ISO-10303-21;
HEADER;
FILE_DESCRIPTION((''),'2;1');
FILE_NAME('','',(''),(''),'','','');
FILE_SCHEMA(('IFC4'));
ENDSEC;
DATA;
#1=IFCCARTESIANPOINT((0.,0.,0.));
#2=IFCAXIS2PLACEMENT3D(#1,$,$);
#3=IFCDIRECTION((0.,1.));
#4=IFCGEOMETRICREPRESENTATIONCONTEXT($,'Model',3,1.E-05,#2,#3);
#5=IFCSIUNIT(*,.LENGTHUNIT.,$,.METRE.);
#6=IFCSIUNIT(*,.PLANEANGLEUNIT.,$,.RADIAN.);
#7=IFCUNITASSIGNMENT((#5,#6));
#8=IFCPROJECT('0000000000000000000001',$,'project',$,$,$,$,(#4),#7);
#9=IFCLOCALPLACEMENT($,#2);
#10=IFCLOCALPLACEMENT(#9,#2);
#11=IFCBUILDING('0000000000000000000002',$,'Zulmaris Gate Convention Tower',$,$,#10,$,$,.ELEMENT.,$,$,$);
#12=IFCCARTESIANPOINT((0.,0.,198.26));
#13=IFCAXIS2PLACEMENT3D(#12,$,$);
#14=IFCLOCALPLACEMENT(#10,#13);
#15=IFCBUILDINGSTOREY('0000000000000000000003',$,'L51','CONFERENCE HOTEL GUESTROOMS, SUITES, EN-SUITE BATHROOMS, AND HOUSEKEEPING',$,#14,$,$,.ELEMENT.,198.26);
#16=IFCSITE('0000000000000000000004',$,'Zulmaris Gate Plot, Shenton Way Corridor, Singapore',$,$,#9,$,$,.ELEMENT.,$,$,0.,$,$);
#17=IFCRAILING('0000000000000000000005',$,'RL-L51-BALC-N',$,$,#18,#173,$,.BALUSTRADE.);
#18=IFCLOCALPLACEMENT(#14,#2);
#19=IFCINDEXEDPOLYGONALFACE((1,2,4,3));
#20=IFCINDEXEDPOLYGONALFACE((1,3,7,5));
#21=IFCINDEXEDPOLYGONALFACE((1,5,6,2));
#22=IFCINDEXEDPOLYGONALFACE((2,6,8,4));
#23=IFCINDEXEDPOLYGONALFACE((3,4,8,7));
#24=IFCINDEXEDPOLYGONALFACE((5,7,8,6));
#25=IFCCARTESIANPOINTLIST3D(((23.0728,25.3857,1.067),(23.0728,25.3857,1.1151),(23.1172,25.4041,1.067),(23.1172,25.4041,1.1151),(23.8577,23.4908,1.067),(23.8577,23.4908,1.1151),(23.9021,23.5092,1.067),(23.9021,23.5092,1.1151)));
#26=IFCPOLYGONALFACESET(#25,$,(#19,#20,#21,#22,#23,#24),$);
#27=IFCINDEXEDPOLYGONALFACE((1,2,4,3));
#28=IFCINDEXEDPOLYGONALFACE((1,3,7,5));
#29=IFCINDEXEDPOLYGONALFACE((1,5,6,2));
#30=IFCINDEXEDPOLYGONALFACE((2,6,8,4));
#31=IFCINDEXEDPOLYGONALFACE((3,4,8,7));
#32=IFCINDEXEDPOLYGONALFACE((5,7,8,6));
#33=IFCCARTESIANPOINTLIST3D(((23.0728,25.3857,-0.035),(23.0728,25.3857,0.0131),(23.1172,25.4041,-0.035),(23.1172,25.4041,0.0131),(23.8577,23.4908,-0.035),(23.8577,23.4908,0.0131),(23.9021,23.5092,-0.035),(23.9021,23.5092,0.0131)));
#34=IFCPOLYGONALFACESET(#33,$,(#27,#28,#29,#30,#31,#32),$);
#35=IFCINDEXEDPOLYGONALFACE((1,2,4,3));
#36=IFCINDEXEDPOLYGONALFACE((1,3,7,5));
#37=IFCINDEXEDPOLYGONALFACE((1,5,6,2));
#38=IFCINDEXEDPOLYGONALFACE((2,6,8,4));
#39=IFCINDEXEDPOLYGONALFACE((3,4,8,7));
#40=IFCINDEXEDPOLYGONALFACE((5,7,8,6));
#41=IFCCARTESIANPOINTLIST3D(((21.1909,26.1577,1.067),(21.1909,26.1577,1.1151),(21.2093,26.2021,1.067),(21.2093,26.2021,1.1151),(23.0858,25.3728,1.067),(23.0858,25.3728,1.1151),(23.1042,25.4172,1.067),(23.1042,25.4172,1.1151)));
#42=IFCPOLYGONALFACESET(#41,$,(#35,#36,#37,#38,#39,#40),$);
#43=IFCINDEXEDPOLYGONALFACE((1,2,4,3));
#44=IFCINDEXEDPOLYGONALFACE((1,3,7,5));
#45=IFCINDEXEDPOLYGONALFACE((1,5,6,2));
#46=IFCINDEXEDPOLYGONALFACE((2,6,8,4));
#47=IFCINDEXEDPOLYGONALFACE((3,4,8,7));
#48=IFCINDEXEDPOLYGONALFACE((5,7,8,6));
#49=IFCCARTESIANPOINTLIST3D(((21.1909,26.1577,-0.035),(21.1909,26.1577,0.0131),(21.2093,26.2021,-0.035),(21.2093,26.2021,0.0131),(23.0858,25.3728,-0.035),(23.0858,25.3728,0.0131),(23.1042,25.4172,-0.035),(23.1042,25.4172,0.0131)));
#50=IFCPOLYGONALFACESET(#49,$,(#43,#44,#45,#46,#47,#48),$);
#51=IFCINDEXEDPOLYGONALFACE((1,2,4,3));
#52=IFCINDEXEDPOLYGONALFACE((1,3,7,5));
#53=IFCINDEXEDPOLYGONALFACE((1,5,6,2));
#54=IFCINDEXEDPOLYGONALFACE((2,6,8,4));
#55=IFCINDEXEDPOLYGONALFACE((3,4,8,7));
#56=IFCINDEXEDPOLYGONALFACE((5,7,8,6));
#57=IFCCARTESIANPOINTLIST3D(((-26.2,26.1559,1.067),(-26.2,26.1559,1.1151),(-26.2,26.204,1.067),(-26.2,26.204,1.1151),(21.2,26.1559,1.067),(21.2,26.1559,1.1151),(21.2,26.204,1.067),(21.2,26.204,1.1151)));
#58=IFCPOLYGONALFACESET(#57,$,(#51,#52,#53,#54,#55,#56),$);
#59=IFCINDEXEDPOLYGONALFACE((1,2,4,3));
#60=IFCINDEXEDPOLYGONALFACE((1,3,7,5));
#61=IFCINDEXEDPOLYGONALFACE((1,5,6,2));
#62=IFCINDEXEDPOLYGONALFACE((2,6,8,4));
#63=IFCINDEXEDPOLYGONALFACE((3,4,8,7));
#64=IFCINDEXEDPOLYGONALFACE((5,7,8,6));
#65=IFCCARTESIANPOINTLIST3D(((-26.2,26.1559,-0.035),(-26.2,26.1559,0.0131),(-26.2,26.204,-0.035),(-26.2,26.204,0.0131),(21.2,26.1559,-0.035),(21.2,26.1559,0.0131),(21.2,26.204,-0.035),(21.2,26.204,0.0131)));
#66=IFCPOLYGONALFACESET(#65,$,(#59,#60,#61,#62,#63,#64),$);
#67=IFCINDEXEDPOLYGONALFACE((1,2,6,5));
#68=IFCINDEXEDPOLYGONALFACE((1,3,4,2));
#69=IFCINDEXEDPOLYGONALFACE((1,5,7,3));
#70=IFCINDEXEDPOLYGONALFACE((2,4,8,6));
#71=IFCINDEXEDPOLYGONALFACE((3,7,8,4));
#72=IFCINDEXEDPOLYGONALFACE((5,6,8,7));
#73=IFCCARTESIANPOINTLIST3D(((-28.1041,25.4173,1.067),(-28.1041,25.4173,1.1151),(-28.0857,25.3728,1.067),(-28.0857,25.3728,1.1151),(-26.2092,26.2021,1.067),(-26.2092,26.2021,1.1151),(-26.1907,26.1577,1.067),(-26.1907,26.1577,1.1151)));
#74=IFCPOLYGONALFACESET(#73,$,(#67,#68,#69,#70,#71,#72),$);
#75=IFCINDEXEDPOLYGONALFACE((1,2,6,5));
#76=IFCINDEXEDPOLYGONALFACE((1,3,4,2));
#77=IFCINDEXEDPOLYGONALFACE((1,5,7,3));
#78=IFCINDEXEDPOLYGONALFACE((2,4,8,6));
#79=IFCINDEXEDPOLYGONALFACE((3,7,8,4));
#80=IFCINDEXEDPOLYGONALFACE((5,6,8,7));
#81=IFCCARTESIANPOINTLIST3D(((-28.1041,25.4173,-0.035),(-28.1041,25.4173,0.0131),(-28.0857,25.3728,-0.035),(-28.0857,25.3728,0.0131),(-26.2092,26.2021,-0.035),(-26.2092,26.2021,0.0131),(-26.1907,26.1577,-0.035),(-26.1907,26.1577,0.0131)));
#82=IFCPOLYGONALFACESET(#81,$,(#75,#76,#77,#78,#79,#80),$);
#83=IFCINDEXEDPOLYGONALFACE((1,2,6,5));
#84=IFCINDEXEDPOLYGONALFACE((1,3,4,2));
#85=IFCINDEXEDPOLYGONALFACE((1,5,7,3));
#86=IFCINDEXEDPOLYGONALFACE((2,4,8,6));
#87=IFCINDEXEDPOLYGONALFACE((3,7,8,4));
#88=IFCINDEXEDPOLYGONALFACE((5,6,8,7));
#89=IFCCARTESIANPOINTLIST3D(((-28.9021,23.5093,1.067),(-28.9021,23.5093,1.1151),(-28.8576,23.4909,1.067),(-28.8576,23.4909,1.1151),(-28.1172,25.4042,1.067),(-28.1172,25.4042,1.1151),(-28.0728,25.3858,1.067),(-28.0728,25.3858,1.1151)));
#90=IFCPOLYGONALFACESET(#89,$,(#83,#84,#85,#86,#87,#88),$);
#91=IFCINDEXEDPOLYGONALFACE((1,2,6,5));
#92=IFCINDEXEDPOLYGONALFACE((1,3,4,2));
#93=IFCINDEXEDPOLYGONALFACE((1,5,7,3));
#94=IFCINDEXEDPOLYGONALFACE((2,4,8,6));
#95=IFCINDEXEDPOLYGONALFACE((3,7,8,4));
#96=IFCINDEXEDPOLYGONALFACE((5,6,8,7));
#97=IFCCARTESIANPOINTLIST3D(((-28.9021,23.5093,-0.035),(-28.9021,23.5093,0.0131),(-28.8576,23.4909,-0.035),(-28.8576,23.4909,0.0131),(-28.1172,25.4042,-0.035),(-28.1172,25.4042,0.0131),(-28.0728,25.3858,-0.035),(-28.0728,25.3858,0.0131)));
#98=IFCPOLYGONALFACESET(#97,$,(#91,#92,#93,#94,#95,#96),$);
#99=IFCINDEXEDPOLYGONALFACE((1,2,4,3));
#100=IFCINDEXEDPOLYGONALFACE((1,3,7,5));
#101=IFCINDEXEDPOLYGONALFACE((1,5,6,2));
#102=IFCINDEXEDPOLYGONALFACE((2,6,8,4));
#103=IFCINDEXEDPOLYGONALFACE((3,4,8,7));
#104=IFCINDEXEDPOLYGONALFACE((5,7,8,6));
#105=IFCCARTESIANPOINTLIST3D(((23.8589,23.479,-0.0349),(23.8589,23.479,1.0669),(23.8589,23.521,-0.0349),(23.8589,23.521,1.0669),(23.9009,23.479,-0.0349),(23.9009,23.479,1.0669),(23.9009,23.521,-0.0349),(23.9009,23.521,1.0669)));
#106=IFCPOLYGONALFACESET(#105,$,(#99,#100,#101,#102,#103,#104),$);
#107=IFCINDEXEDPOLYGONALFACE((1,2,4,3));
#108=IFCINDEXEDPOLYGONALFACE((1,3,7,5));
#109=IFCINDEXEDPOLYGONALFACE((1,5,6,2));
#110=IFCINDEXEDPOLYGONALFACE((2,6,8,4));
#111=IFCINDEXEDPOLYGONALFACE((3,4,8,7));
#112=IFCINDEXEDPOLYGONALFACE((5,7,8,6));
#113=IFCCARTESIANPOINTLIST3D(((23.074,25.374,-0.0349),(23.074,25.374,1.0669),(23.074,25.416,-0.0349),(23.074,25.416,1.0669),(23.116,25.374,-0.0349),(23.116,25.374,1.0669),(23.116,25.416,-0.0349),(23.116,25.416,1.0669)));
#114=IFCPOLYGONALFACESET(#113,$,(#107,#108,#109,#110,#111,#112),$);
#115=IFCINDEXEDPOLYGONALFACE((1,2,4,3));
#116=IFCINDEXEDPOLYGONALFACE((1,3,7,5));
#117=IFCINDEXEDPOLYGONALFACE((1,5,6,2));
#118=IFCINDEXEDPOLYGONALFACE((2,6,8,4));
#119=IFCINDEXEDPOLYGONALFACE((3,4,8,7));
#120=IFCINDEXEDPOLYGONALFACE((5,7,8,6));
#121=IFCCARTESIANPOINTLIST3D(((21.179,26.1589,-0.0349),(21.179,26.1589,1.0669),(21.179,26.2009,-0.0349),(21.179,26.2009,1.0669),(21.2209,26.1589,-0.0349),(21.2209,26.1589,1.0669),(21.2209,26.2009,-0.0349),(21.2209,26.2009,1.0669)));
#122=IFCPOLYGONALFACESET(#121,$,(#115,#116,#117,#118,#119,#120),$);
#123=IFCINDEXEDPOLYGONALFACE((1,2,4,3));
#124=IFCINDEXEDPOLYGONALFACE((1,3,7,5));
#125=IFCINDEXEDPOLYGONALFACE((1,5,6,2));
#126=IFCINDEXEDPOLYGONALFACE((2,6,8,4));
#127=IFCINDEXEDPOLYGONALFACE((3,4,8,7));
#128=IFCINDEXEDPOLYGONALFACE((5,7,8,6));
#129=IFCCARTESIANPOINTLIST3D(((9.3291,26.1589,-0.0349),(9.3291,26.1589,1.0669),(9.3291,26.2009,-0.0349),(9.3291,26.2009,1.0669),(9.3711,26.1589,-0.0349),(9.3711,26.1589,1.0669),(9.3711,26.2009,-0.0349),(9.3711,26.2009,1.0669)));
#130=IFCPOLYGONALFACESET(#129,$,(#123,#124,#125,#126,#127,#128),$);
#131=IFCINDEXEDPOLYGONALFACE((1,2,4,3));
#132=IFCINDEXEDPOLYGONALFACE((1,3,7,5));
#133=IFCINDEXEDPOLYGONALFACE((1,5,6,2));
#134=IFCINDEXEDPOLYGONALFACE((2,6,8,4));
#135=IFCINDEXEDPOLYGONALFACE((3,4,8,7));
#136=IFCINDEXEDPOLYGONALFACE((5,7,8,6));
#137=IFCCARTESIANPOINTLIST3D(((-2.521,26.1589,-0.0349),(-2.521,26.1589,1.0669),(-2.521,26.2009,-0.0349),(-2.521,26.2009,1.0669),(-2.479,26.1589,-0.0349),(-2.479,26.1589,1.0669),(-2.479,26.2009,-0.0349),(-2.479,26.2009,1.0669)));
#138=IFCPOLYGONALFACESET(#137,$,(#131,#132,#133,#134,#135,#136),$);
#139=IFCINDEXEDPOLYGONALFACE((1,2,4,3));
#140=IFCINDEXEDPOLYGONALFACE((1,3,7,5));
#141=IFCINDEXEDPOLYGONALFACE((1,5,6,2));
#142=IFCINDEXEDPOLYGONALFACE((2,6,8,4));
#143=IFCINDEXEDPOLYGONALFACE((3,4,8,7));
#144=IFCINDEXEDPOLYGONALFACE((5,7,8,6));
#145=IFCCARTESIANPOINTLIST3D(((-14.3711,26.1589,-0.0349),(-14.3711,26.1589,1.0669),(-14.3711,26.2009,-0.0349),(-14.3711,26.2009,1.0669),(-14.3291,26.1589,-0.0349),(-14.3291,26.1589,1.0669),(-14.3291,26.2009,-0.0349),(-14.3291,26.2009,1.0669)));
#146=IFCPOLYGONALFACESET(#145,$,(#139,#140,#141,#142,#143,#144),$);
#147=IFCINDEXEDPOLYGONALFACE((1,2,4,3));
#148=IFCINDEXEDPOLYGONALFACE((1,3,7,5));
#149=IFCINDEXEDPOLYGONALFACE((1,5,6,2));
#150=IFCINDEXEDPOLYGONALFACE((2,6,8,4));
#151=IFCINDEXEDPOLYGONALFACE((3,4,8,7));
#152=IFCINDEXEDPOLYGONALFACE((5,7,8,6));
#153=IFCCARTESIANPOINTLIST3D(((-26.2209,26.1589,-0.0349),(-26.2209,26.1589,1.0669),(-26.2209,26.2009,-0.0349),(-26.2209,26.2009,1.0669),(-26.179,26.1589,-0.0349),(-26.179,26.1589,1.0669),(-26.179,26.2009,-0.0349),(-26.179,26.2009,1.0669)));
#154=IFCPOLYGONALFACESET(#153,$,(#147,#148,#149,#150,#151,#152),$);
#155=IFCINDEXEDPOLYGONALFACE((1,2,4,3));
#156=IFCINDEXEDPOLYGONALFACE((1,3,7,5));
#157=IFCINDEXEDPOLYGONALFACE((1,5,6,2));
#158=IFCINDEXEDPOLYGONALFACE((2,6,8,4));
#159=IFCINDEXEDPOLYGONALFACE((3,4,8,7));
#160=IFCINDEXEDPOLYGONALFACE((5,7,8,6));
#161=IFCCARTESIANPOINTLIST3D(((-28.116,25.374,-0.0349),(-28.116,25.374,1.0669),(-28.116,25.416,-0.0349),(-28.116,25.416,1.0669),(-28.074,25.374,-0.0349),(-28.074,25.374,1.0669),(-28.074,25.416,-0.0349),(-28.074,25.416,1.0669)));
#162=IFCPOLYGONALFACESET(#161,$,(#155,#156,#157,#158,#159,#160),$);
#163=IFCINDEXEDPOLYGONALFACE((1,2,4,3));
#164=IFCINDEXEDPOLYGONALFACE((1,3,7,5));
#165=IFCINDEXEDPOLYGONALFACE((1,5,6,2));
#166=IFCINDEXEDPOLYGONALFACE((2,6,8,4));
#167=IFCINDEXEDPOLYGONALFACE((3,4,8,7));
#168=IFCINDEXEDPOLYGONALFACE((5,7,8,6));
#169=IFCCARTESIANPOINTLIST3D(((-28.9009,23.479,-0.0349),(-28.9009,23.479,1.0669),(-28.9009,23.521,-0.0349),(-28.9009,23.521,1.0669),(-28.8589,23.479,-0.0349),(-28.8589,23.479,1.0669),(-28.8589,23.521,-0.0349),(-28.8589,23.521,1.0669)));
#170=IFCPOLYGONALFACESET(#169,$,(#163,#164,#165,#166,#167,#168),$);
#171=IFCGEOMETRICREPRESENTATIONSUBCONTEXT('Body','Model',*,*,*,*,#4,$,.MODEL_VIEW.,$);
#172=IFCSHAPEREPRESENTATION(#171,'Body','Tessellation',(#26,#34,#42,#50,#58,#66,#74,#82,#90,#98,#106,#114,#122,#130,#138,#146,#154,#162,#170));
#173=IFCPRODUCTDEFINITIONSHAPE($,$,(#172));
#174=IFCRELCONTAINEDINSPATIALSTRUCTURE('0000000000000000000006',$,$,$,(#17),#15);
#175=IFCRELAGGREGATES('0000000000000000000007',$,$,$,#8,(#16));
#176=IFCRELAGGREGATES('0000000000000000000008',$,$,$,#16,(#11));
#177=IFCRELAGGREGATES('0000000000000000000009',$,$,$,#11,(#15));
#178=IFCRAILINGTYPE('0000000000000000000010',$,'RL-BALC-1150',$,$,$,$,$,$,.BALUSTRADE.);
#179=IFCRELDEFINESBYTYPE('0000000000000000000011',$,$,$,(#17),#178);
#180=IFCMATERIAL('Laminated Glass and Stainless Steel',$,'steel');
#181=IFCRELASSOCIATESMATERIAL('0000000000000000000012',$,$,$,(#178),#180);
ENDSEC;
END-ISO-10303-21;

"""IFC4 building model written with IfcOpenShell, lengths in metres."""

from ifc_helpers import new_model, si_unit, direction, frame, origin, origin_2d, place, context, subcontext, project, spatial, rectangle, extrude, material, type_object, element, save


model = new_model("IFC4")

# Units and contexts
model_context = context("Model", 3, precision=1e-05, world=origin(), true_north=direction((0.0, 1.0)))
body_context = subcontext(model_context, "Body", "Model", "MODEL_VIEW")
ifc_project = project(units=[si_unit("LENGTHUNIT", "METRE"), si_unit("PLANEANGLEUNIT", "RADIAN")], contexts=[model_context])

# Site, building, storey
site_placement = place(None, origin())
site = spatial("IfcSite", under=ifc_project, at=site_placement, Name="Zulmaris Gate Plot, Shenton Way Corridor, Singapore", CompositionType="ELEMENT", RefElevation=0.0)
building_placement = place(site_placement, origin())
building = spatial("IfcBuilding", under=site, at=building_placement, Name="Zulmaris Gate Convention Tower", CompositionType="ELEMENT")
storey_placement = place(building_placement, frame((0.0, 0.0, 198.26)))
storey = spatial("IfcBuildingStorey", under=building, at=storey_placement, Name="L51", Description="CONFERENCE HOTEL GUESTROOMS, SUITES, EN-SUITE BATHROOMS, AND HOUSEKEEPING", CompositionType="ELEMENT", Elevation=198.26)

# Railing
ifc_material_1 = material(Name="Laminated Glass and Stainless Steel", Category="steel")
railing_type = type_object("IfcRailingType", Name="RL-BALC-1150", PredefinedType="BALUSTRADE", material=ifc_material_1)
railing_placement = place(storey_placement, frame((23.8799, 23.5, -0.0349)))
element("IfcRailing", 1, at=railing_placement, inside=storey, type_object=railing_type, Name="RL-L51-BALC-N", PredefinedType="BALUSTRADE", context=body_context, shape_type="SweptSolid", body=[
    extrude(rectangle(XDim=0.0481, YDim=0.0481, at=origin_2d()), frame((0.0, 0.0, 1.126), z_axis=(-0.382671, 0.923885, 0.0), x_axis=(-0.923885, -0.382671, 0.0)), (0.0, 0.0, 1.0), 2.051),
    extrude(rectangle(XDim=0.0481, YDim=0.0481, at=origin_2d()), frame((0.0, 0.0, 0.0239), z_axis=(-0.382671, 0.923885, 0.0), x_axis=(-0.923885, -0.382671, 0.0)), (0.0, 0.0, 1.0), 2.051),
    extrude(rectangle(XDim=0.0481, YDim=0.0481, at=origin_2d()), frame((-0.7849, 1.895, 1.126), z_axis=(-0.923885, 0.382671, 0.0), x_axis=(-0.382671, -0.923885, 0.0)), (0.0, 0.0, 1.0), 2.051),
    extrude(rectangle(XDim=0.0481, YDim=0.0481, at=origin_2d()), frame((-0.7849, 1.895, 0.0239), z_axis=(-0.923885, 0.382671, 0.0), x_axis=(-0.382671, -0.923885, 0.0)), (0.0, 0.0, 1.0), 2.051),
    extrude(rectangle(XDim=0.0481, YDim=0.0481, at=origin_2d()), frame((-2.6799, 2.6799, 1.126), z_axis=(-1.0, 0.0, 0.0), x_axis=(0.0, -1.0, 0.0)), (0.0, 0.0, 1.0), 47.3999),
    extrude(rectangle(XDim=0.0481, YDim=0.0481, at=origin_2d()), frame((-2.6799, 2.6799, 0.0239), z_axis=(-1.0, 0.0, 0.0), x_axis=(0.0, -1.0, 0.0)), (0.0, 0.0, 1.0), 47.3999),
    extrude(rectangle(XDim=0.0481, YDim=0.0481, at=origin_2d()), frame((-50.0798, 2.6799, 1.126), z_axis=(-0.923885, -0.382671, 0.0), x_axis=(0.382671, -0.923885, 0.0)), (0.0, 0.0, 1.0), 2.051),
    extrude(rectangle(XDim=0.0481, YDim=0.0481, at=origin_2d()), frame((-50.0798, 2.6799, 0.0239), z_axis=(-0.923885, -0.382671, 0.0), x_axis=(0.382671, -0.923885, 0.0)), (0.0, 0.0, 1.0), 2.051),
    extrude(rectangle(XDim=0.0481, YDim=0.0481, at=origin_2d()), frame((-51.9749, 1.895, 1.126), z_axis=(-0.382671, -0.923885, 0.0), x_axis=(0.923885, -0.382671, 0.0)), (0.0, 0.0, 1.0), 2.051),
    extrude(rectangle(XDim=0.0481, YDim=0.0481, at=origin_2d()), frame((-51.9749, 1.895, 0.0239), z_axis=(-0.382671, -0.923885, 0.0), x_axis=(0.923885, -0.382671, 0.0)), (0.0, 0.0, 1.0), 2.051),
    extrude(rectangle(XDim=0.042, YDim=0.042, at=origin_2d()), origin(), (0.0, 0.0, 1.0), 1.1018),
    extrude(rectangle(XDim=0.042, YDim=0.042, at=origin_2d()), frame((-0.7849, 1.895, 0.0)), (0.0, 0.0, 1.0), 1.1018),
    extrude(rectangle(XDim=0.042, YDim=0.042, at=origin_2d()), frame((-2.6799, 2.6799, 0.0)), (0.0, 0.0, 1.0), 1.1018),
    extrude(rectangle(XDim=0.042, YDim=0.042, at=origin_2d()), frame((-14.5298, 2.6799, 0.0)), (0.0, 0.0, 1.0), 1.1018),
    extrude(rectangle(XDim=0.042, YDim=0.042, at=origin_2d()), frame((-26.3799, 2.6799, 0.0)), (0.0, 0.0, 1.0), 1.1018),
    extrude(rectangle(XDim=0.042, YDim=0.042, at=origin_2d()), frame((-38.23, 2.6799, 0.0)), (0.0, 0.0, 1.0), 1.1018),
    extrude(rectangle(XDim=0.042, YDim=0.042, at=origin_2d()), frame((-50.0798, 2.6799, 0.0)), (0.0, 0.0, 1.0), 1.1018),
    extrude(rectangle(XDim=0.042, YDim=0.042, at=origin_2d()), frame((-51.9749, 1.895, 0.0)), (0.0, 0.0, 1.0), 1.1018),
    extrude(rectangle(XDim=0.042, YDim=0.042, at=origin_2d()), frame((-52.7598, 0.0, 0.0)), (0.0, 0.0, 1.0), 1.1018),
])

save(model, "model.ifc")
